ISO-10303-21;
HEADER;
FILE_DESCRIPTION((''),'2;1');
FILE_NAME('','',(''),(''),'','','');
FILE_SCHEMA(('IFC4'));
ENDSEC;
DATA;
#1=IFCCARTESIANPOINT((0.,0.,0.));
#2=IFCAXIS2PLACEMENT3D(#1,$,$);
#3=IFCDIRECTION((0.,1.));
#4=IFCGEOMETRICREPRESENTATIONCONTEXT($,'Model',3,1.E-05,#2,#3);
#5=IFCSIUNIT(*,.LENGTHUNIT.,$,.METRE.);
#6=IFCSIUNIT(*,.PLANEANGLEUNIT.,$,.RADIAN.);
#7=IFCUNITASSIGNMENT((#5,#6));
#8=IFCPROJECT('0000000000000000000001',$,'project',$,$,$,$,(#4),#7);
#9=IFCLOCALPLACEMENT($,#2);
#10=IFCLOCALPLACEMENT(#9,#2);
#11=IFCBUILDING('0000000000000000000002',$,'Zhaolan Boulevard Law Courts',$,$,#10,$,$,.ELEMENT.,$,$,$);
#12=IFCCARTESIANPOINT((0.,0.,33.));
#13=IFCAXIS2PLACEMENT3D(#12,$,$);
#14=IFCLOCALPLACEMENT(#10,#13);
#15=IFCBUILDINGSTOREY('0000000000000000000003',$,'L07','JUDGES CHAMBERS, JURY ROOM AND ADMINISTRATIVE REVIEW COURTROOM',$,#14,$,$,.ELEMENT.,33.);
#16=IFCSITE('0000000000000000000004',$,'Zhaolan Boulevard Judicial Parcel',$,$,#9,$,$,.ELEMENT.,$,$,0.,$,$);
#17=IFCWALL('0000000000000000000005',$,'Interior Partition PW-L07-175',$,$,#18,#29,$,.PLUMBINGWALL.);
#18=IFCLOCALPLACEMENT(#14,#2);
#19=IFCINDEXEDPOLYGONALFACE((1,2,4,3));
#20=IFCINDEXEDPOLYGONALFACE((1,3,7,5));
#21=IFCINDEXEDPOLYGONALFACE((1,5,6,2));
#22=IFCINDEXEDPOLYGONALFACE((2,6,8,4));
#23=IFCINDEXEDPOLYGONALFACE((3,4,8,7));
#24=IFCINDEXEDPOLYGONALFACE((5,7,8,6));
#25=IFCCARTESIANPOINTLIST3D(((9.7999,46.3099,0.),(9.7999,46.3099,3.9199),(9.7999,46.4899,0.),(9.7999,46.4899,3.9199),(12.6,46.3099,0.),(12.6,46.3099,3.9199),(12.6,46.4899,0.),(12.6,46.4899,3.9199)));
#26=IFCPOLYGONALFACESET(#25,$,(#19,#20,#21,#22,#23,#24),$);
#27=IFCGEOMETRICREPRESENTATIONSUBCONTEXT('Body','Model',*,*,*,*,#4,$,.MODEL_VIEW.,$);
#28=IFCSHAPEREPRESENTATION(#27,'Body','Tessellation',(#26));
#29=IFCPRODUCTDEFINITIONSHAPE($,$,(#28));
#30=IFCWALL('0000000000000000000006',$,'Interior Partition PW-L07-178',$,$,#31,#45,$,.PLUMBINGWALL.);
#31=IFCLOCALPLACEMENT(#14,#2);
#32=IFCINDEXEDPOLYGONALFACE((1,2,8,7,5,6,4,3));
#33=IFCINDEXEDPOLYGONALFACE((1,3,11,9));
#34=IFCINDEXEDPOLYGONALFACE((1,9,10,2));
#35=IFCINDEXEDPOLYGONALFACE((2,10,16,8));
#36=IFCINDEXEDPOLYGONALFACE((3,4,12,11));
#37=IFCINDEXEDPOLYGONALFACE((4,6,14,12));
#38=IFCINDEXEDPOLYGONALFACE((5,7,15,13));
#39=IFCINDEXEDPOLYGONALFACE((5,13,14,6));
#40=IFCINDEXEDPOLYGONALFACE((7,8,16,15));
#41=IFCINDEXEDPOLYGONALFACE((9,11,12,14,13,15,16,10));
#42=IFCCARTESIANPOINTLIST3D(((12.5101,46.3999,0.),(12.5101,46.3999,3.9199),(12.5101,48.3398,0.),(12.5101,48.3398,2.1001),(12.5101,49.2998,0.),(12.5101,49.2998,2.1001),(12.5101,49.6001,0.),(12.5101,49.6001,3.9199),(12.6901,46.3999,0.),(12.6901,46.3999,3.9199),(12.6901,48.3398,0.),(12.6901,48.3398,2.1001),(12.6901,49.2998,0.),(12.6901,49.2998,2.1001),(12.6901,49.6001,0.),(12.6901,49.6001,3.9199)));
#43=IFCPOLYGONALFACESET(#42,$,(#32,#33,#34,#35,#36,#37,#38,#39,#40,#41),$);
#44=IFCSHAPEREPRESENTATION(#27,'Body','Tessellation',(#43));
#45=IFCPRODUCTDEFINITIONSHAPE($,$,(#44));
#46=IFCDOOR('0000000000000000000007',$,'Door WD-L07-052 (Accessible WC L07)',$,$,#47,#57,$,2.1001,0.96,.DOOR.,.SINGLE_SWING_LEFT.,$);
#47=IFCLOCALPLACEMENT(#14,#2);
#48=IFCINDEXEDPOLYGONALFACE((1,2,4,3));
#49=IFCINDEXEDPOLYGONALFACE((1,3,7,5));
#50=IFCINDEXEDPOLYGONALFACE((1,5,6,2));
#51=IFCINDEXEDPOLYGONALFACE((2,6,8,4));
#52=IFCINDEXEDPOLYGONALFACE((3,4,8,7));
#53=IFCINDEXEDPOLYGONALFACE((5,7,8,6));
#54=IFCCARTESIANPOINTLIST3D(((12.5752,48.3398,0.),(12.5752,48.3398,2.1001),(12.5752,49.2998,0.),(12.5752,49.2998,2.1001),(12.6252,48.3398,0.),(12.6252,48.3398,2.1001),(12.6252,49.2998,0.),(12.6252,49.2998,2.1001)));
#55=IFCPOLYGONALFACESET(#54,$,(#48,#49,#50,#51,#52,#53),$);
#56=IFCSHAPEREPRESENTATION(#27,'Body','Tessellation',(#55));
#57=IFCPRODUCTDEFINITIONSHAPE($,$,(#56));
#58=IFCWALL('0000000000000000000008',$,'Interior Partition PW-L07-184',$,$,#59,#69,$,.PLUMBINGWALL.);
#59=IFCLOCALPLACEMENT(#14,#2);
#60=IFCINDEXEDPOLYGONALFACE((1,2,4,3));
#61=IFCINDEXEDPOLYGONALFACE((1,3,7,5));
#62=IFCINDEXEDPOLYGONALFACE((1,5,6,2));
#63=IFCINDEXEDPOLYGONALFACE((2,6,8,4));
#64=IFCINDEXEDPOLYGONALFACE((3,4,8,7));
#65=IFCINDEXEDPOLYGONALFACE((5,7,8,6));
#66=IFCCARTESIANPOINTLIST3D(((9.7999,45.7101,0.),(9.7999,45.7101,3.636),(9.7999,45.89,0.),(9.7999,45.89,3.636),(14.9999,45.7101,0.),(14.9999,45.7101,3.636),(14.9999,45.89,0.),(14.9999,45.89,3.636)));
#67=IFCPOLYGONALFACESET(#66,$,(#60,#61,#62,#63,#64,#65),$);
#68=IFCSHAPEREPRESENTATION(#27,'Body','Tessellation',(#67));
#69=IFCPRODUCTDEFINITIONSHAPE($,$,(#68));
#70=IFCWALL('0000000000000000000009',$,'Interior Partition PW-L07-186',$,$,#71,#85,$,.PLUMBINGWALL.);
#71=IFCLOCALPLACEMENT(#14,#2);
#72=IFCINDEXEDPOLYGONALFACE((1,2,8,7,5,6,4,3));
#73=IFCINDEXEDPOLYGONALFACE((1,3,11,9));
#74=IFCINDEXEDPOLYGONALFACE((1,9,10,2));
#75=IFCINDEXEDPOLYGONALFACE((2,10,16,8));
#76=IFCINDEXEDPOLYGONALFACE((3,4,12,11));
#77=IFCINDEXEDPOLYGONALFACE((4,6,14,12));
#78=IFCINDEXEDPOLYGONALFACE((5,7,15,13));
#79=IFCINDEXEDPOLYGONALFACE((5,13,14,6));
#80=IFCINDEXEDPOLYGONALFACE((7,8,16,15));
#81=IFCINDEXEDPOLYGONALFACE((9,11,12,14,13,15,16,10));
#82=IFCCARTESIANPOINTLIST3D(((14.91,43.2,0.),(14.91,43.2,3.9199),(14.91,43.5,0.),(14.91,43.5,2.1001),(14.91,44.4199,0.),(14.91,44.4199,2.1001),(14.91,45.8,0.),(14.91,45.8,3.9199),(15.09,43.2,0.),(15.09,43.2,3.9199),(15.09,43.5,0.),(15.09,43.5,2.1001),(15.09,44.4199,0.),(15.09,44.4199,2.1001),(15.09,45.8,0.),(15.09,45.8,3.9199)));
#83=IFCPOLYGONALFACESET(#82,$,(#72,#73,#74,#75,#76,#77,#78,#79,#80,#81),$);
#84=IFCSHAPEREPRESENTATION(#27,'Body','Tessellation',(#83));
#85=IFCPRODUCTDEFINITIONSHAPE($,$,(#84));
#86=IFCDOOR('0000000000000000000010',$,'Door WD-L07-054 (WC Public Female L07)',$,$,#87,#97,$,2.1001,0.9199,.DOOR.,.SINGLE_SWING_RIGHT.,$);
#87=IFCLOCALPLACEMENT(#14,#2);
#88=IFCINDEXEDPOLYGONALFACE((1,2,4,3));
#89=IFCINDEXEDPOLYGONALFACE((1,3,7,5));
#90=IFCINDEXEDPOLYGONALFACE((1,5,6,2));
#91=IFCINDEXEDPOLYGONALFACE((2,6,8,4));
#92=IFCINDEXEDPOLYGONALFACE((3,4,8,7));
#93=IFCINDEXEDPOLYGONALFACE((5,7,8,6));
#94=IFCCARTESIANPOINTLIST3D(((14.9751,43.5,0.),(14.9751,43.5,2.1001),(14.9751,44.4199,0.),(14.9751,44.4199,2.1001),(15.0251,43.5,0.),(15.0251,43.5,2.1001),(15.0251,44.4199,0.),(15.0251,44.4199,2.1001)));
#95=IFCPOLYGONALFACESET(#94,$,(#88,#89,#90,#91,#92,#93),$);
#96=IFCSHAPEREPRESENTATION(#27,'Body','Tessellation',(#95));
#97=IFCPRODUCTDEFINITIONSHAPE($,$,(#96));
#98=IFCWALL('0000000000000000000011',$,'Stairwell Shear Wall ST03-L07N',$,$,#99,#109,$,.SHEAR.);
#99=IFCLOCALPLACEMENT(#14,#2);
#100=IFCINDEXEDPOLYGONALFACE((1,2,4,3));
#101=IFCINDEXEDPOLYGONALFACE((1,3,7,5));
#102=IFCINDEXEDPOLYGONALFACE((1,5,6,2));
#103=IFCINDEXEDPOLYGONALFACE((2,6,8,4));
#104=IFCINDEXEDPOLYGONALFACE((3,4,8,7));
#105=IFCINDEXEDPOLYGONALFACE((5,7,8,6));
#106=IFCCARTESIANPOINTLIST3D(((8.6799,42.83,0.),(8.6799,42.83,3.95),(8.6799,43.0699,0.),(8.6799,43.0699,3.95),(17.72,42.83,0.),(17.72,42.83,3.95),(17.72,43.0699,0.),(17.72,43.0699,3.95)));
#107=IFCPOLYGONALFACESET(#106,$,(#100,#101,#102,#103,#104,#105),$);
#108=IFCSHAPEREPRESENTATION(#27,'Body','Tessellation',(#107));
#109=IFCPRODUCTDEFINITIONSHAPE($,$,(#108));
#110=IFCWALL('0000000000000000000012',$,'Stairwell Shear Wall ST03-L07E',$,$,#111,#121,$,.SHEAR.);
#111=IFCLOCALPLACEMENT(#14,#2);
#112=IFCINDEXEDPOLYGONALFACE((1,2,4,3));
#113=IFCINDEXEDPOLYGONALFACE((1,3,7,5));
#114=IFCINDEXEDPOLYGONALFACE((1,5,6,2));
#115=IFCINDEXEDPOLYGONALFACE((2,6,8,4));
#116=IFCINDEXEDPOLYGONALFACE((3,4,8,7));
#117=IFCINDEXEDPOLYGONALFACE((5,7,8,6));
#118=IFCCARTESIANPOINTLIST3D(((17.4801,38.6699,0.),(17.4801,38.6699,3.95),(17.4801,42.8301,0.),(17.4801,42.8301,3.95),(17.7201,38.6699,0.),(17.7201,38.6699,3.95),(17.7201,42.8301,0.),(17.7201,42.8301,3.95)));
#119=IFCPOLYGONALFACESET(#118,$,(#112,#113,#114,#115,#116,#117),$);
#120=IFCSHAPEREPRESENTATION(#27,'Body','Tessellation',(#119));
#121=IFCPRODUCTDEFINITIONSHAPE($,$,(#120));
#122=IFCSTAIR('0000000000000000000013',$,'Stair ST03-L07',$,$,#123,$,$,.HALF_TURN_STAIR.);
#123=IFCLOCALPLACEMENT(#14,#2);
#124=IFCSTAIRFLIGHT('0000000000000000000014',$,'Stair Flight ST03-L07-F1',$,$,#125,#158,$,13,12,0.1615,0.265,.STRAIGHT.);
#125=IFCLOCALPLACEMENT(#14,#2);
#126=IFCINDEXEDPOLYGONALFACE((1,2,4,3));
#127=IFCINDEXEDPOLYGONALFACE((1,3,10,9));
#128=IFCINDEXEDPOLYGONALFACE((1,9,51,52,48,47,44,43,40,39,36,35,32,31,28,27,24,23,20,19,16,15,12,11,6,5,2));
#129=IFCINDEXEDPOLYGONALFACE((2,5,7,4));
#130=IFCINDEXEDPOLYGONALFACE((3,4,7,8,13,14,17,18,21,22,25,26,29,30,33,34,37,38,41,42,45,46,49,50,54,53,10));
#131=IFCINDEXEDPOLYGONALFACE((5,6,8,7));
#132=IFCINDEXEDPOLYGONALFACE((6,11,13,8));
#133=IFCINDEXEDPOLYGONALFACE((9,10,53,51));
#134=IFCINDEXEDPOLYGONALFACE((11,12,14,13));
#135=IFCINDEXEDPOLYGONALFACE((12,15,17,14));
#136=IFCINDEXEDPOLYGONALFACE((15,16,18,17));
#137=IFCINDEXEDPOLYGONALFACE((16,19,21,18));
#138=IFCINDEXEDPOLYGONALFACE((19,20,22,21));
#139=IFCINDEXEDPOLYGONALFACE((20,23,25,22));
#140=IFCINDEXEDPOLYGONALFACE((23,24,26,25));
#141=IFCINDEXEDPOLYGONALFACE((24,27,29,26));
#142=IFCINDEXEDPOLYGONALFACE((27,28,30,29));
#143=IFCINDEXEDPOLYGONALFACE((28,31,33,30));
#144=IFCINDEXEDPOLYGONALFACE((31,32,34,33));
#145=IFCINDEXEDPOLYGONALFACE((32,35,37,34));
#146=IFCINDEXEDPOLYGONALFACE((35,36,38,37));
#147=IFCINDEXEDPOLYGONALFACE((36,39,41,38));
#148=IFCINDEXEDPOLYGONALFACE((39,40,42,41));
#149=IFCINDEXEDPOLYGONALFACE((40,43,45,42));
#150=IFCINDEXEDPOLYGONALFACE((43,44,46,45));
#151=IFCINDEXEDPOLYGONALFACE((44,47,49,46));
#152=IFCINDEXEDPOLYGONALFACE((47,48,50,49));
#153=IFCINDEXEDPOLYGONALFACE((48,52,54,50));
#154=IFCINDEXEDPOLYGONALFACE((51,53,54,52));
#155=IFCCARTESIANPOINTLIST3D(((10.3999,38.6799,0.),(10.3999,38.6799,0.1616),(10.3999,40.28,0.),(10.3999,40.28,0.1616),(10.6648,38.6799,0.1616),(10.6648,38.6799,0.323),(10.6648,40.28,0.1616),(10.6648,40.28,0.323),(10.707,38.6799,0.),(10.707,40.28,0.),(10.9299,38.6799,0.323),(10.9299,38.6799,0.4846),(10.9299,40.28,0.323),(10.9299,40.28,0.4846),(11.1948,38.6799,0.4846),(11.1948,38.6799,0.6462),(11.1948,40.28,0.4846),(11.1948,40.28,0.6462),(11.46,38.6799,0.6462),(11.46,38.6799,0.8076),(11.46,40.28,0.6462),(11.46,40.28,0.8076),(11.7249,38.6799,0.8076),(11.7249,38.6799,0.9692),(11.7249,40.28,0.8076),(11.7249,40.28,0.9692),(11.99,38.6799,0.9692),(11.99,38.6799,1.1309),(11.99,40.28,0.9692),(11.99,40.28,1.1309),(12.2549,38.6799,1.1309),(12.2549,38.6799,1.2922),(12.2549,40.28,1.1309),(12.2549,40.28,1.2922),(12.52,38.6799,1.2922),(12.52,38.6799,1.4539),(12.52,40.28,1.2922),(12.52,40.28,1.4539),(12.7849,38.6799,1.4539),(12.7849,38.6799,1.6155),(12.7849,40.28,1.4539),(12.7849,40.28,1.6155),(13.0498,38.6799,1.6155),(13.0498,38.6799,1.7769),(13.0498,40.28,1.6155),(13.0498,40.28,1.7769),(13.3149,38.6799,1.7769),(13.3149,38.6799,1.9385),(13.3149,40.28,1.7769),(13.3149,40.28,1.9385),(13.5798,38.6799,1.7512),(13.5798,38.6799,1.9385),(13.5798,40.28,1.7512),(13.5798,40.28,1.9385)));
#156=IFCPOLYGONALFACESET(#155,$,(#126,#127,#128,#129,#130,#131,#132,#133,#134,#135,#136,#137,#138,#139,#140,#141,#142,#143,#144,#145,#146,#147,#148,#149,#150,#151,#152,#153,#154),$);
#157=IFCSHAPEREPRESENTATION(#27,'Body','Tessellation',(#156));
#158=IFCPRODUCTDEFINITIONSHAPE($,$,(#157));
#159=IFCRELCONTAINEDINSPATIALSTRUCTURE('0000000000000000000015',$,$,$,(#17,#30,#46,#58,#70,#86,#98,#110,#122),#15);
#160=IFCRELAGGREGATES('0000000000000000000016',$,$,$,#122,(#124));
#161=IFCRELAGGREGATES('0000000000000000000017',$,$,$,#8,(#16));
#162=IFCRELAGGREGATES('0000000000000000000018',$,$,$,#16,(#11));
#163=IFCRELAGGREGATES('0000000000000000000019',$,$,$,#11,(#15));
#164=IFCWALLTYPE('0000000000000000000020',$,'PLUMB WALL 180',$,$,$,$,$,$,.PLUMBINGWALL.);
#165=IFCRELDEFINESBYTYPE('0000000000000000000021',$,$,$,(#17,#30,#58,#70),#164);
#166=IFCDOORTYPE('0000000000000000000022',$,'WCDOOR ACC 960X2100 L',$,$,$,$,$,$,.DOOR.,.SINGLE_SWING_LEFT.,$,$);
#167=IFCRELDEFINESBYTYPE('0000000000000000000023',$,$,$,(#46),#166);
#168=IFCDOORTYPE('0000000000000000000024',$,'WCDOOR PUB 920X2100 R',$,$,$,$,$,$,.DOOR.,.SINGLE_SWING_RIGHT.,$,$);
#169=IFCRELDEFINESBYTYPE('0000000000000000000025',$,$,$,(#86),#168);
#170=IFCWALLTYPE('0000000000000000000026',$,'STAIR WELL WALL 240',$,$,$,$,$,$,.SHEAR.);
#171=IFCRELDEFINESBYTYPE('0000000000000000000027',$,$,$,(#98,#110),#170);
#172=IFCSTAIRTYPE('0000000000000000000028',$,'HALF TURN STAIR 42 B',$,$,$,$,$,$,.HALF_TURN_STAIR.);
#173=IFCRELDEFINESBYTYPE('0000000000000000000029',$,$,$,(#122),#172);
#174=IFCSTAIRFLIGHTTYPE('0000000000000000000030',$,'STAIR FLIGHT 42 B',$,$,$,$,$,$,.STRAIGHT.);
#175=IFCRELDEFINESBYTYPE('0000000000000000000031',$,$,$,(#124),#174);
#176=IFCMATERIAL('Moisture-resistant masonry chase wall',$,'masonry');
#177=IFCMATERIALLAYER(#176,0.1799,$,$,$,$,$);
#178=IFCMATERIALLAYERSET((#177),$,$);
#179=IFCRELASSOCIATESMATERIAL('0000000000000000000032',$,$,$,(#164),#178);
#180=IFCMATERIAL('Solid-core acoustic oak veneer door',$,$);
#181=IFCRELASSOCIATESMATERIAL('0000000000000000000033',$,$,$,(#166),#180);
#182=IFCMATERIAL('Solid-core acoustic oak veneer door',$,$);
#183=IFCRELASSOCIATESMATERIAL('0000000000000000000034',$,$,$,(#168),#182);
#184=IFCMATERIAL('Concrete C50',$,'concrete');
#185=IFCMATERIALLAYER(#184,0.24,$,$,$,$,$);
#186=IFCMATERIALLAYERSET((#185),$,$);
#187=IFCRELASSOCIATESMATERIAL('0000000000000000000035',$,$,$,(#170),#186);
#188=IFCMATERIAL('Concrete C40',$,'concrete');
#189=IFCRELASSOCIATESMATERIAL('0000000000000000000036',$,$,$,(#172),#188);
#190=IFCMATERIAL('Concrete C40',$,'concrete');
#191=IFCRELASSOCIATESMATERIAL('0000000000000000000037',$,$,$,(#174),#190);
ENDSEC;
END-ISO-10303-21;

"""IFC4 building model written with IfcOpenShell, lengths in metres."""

from ifc_helpers import new_model, si_unit, direction, frame, frame_2d, origin, place, context, subcontext, project, spatial, polyline, rectangle, outline, extrude, material, layer, layer_set, type_object, element, fill, aggregate, save


model = new_model("IFC4")

# Units and contexts
model_context = context("Model", 3, precision=1e-05, world=origin(), true_north=direction((0.0, 1.0)))
body_context = subcontext(model_context, "Body", "Model", "MODEL_VIEW")
ifc_project = project(units=[si_unit("LENGTHUNIT", "METRE"), si_unit("PLANEANGLEUNIT", "RADIAN")], contexts=[model_context])

# Site, building, storey
site_placement = place(None, origin())
site = spatial("IfcSite", under=ifc_project, at=site_placement, Name="Zhaolan Boulevard Judicial Parcel", CompositionType="ELEMENT", RefElevation=0.0)
building_placement = place(site_placement, origin())
building = spatial("IfcBuilding", under=site, at=building_placement, Name="Zhaolan Boulevard Law Courts", CompositionType="ELEMENT")
storey_placement = place(building_placement, frame((0.0, 0.0, 33.0)))
storey = spatial("IfcBuildingStorey", under=building, at=storey_placement, Name="L07", Description="JUDGES CHAMBERS, JURY ROOM AND ADMINISTRATIVE REVIEW COURTROOM", CompositionType="ELEMENT", Elevation=33.0)

# Wall
ifc_material_1 = material(Name="Moisture-resistant masonry chase wall", Category="masonry")
ifc_layer_1 = layer(ifc_material_1, 0.1799)
ifc_layer_set_1 = layer_set([ifc_layer_1])
wall_type_1 = type_object("IfcWallType", Name="PLUMB WALL 180", PredefinedType="PLUMBINGWALL", material=ifc_layer_set_1)
wall_1_placement = place(storey_placement, frame((9.8, 46.3999, 0.0), z_axis=(0.0, 0.0, 1.0), x_axis=(1.0, 0.0, 0.0)))
element("IfcWall", 1, at=wall_1_placement, inside=storey, type_object=wall_type_1, Name="Interior Partition PW-L07-175", PredefinedType="PLUMBINGWALL", context=body_context, shape_type="SweptSolid", body=[
    extrude(rectangle(XDim=2.8, YDim=0.1799, at=frame_2d((1.3999, 0.0))), origin(), (0.0, 0.0, 1.0), 3.9199),
])

# Wall, opening, door
wall_2_placement = place(storey_placement, frame((12.6001, 46.3999, 0.0), z_axis=(0.0, 0.0, 1.0), x_axis=(0.0, 1.0, 0.0)))
wall_2 = element("IfcWall", 2, at=wall_2_placement, inside=storey, type_object=wall_type_1, Name="Interior Partition PW-L07-178", PredefinedType="PLUMBINGWALL", context=body_context, shape_type="SweptSolid", body=[
    extrude(rectangle(XDim=3.2002, YDim=0.1799, at=frame_2d((1.6001, 0.0))), origin(), (0.0, 0.0, 1.0), 3.9199),
])
opening_1_placement = place(wall_2_placement, frame((1.9399, 0.0, 0.0)))
opening_1 = element("IfcOpeningElement", 3, at=opening_1_placement, cuts=wall_2, PredefinedType="OPENING", context=body_context, shape_type="SweptSolid", body=[
    extrude(rectangle(XDim=0.96, YDim=2.1001, at=frame_2d((0.48, 1.05))), frame((0.0, 0.0999, 0.0), z_axis=(0.0, -1.0, 0.0), x_axis=(1.0, 0.0, 0.0)), (0.0, 0.0, 1.0), 0.2),
])
ifc_material_2 = material(Name="Solid-core acoustic oak veneer door")
door_type_1 = type_object("IfcDoorType", Name="WCDOOR ACC 960X2100 L", OperationType="SINGLE_SWING_LEFT", PredefinedType="DOOR", material=ifc_material_2)
door_1_placement = place(opening_1_placement, origin())
door_1 = element("IfcDoor", 4, at=door_1_placement, inside=storey, type_object=door_type_1, Name="Door WD-L07-052 (Accessible WC L07)", OperationType="SINGLE_SWING_LEFT", OverallHeight=2.1001, OverallWidth=0.96, PredefinedType="DOOR", context=body_context, shape_type="SweptSolid", body=[
    extrude(rectangle(XDim=0.96, YDim=2.1001, at=frame_2d((0.48, 1.05))), frame((0.0, 0.0249, 0.0), z_axis=(0.0, -1.0, 0.0), x_axis=(1.0, 0.0, 0.0)), (0.0, 0.0, 1.0), 0.05),
])
fill(opening_1, door_1)

# Wall
wall_3_placement = place(storey_placement, frame((15.0, 45.8, 0.0), z_axis=(0.0, 0.0, 1.0), x_axis=(-1.0, 0.0, 0.0)))
element("IfcWall", 5, at=wall_3_placement, inside=storey, type_object=wall_type_1, Name="Interior Partition PW-L07-184", PredefinedType="PLUMBINGWALL", context=body_context, shape_type="SweptSolid", body=[
    extrude(rectangle(XDim=5.2, YDim=0.1799, at=frame_2d((2.6001, 0.0))), origin(), (0.0, 0.0, 1.0), 3.636),
])

# Wall, opening, door
wall_4_placement = place(storey_placement, frame((15.0, 43.2, 0.0), z_axis=(0.0, 0.0, 1.0), x_axis=(0.0, 1.0, 0.0)))
wall_4 = element("IfcWall", 6, at=wall_4_placement, inside=storey, type_object=wall_type_1, Name="Interior Partition PW-L07-186", PredefinedType="PLUMBINGWALL", context=body_context, shape_type="SweptSolid", body=[
    extrude(rectangle(XDim=2.6001, YDim=0.1799, at=frame_2d((1.3, 0.0))), origin(), (0.0, 0.0, 1.0), 3.9199),
])
opening_2_placement = place(wall_4_placement, frame((0.3, 0.0, 0.0)))
opening_2 = element("IfcOpeningElement", 7, at=opening_2_placement, cuts=wall_4, PredefinedType="OPENING", context=body_context, shape_type="SweptSolid", body=[
    extrude(rectangle(XDim=0.9199, YDim=2.1001, at=frame_2d((0.46, 1.05))), frame((0.0, 0.0999, 0.0), z_axis=(0.0, -1.0, 0.0), x_axis=(1.0, 0.0, 0.0)), (0.0, 0.0, 1.0), 0.2),
])
ifc_material_3 = material(Name="Solid-core acoustic oak veneer door")
door_type_2 = type_object("IfcDoorType", Name="WCDOOR PUB 920X2100 R", OperationType="SINGLE_SWING_RIGHT", PredefinedType="DOOR", material=ifc_material_3)
door_2_placement = place(opening_2_placement, origin())
door_2 = element("IfcDoor", 8, at=door_2_placement, inside=storey, type_object=door_type_2, Name="Door WD-L07-054 (WC Public Female L07)", OperationType="SINGLE_SWING_RIGHT", OverallHeight=2.1001, OverallWidth=0.9199, PredefinedType="DOOR", context=body_context, shape_type="SweptSolid", body=[
    extrude(rectangle(XDim=0.9199, YDim=2.1001, at=frame_2d((0.46, 1.05))), frame((0.0, 0.0249, 0.0), z_axis=(0.0, -1.0, 0.0), x_axis=(1.0, 0.0, 0.0)), (0.0, 0.0, 1.0), 0.05),
])
fill(opening_2, door_2)

# Walls
ifc_material_4 = material(Name="Concrete C50", Category="concrete")
ifc_layer_2 = layer(ifc_material_4, 0.24)
ifc_layer_set_2 = layer_set([ifc_layer_2])
wall_type_2 = type_object("IfcWallType", Name="STAIR WELL WALL 240", PredefinedType="SHEAR", material=ifc_layer_set_2)
wall_5_placement = place(storey_placement, frame((17.72, 42.95, 0.0), z_axis=(0.0, 0.0, 1.0), x_axis=(-1.0, 0.0, 0.0)))
element("IfcWall", 9, at=wall_5_placement, inside=storey, type_object=wall_type_2, Name="Stairwell Shear Wall ST03-L07N", PredefinedType="SHEAR", context=body_context, shape_type="SweptSolid", body=[
    extrude(rectangle(XDim=9.04, YDim=0.24, at=frame_2d((4.52, 0.0))), origin(), (0.0, 0.0, 1.0), 3.95),
])
wall_6_placement = place(storey_placement, frame((17.6001, 38.6699, 0.0), z_axis=(0.0, 0.0, 1.0), x_axis=(0.0, 1.0, 0.0)))
element("IfcWall", 10, at=wall_6_placement, inside=storey, type_object=wall_type_2, Name="Stairwell Shear Wall ST03-L07E", PredefinedType="SHEAR", context=body_context, shape_type="SweptSolid", body=[
    extrude(rectangle(XDim=4.1602, YDim=0.24, at=frame_2d((2.0801, 0.0))), origin(), (0.0, 0.0, 1.0), 3.95),
])

# Stair, stair flight
ifc_material_5 = material(Name="Concrete C40", Category="concrete")
stair_type = type_object("IfcStairType", Name="HALF TURN STAIR 42 B", PredefinedType="HALF_TURN_STAIR", material=ifc_material_5)
stair_placement = place(storey_placement, origin())
stair = element("IfcStair", 11, at=stair_placement, inside=storey, type_object=stair_type, Name="Stair ST03-L07", PredefinedType="HALF_TURN_STAIR")
ifc_material_6 = material(Name="Concrete C40", Category="concrete")
stair_flight_type = type_object("IfcStairFlightType", Name="STAIR FLIGHT 42 B", PredefinedType="STRAIGHT", material=ifc_material_6)
stair_flight_1_placement = place(storey_placement, frame((10.3999, 39.48, 0.0), z_axis=(0.0, 0.0, 1.0), x_axis=(1.0, 0.0, 0.0)))
stair_flight_1 = element("IfcStairFlight", 12, at=stair_flight_1_placement, type_object=stair_flight_type, Name="Stair Flight ST03-L07-F1", NumberOfRisers=13, NumberOfTreads=12, PredefinedType="STRAIGHT", RiserHeight=0.1615, TreadLength=0.265, context=body_context, shape_type="SweptSolid", body=[
    extrude(outline(polyline([(0.0, 0.0), (0.0, 0.1616), (0.2649, 0.1616), (0.2649, 0.323), (0.53, 0.323), (0.53, 0.4846), (0.7949, 0.4846), (0.7949, 0.6462), (1.0601, 0.6462), (1.0601, 0.8076), (1.325, 0.8076), (1.325, 0.9692), (1.5901, 0.9692), (1.5901, 1.1309), (1.855, 1.1309), (1.855, 1.2922), (2.1201, 1.2922), (2.1201, 1.4539), (2.385, 1.4539), (2.385, 1.6155), (2.6499, 1.6155), (2.6499, 1.7769), (2.915, 1.7769), (2.915, 1.9385), (3.1799, 1.9385), (3.1799, 2.1001), (3.1799, 1.7512), (0.3071, 0.0), (0.0, 0.0)])), frame((0.0, 0.8, 0.0), z_axis=(0.0, -1.0, 0.0), x_axis=(1.0, 0.0, 0.0)), (0.0, 0.0, 1.0), 1.6001),
])
aggregate(stair, [stair_flight_1])

save(model, "model.ifc")
